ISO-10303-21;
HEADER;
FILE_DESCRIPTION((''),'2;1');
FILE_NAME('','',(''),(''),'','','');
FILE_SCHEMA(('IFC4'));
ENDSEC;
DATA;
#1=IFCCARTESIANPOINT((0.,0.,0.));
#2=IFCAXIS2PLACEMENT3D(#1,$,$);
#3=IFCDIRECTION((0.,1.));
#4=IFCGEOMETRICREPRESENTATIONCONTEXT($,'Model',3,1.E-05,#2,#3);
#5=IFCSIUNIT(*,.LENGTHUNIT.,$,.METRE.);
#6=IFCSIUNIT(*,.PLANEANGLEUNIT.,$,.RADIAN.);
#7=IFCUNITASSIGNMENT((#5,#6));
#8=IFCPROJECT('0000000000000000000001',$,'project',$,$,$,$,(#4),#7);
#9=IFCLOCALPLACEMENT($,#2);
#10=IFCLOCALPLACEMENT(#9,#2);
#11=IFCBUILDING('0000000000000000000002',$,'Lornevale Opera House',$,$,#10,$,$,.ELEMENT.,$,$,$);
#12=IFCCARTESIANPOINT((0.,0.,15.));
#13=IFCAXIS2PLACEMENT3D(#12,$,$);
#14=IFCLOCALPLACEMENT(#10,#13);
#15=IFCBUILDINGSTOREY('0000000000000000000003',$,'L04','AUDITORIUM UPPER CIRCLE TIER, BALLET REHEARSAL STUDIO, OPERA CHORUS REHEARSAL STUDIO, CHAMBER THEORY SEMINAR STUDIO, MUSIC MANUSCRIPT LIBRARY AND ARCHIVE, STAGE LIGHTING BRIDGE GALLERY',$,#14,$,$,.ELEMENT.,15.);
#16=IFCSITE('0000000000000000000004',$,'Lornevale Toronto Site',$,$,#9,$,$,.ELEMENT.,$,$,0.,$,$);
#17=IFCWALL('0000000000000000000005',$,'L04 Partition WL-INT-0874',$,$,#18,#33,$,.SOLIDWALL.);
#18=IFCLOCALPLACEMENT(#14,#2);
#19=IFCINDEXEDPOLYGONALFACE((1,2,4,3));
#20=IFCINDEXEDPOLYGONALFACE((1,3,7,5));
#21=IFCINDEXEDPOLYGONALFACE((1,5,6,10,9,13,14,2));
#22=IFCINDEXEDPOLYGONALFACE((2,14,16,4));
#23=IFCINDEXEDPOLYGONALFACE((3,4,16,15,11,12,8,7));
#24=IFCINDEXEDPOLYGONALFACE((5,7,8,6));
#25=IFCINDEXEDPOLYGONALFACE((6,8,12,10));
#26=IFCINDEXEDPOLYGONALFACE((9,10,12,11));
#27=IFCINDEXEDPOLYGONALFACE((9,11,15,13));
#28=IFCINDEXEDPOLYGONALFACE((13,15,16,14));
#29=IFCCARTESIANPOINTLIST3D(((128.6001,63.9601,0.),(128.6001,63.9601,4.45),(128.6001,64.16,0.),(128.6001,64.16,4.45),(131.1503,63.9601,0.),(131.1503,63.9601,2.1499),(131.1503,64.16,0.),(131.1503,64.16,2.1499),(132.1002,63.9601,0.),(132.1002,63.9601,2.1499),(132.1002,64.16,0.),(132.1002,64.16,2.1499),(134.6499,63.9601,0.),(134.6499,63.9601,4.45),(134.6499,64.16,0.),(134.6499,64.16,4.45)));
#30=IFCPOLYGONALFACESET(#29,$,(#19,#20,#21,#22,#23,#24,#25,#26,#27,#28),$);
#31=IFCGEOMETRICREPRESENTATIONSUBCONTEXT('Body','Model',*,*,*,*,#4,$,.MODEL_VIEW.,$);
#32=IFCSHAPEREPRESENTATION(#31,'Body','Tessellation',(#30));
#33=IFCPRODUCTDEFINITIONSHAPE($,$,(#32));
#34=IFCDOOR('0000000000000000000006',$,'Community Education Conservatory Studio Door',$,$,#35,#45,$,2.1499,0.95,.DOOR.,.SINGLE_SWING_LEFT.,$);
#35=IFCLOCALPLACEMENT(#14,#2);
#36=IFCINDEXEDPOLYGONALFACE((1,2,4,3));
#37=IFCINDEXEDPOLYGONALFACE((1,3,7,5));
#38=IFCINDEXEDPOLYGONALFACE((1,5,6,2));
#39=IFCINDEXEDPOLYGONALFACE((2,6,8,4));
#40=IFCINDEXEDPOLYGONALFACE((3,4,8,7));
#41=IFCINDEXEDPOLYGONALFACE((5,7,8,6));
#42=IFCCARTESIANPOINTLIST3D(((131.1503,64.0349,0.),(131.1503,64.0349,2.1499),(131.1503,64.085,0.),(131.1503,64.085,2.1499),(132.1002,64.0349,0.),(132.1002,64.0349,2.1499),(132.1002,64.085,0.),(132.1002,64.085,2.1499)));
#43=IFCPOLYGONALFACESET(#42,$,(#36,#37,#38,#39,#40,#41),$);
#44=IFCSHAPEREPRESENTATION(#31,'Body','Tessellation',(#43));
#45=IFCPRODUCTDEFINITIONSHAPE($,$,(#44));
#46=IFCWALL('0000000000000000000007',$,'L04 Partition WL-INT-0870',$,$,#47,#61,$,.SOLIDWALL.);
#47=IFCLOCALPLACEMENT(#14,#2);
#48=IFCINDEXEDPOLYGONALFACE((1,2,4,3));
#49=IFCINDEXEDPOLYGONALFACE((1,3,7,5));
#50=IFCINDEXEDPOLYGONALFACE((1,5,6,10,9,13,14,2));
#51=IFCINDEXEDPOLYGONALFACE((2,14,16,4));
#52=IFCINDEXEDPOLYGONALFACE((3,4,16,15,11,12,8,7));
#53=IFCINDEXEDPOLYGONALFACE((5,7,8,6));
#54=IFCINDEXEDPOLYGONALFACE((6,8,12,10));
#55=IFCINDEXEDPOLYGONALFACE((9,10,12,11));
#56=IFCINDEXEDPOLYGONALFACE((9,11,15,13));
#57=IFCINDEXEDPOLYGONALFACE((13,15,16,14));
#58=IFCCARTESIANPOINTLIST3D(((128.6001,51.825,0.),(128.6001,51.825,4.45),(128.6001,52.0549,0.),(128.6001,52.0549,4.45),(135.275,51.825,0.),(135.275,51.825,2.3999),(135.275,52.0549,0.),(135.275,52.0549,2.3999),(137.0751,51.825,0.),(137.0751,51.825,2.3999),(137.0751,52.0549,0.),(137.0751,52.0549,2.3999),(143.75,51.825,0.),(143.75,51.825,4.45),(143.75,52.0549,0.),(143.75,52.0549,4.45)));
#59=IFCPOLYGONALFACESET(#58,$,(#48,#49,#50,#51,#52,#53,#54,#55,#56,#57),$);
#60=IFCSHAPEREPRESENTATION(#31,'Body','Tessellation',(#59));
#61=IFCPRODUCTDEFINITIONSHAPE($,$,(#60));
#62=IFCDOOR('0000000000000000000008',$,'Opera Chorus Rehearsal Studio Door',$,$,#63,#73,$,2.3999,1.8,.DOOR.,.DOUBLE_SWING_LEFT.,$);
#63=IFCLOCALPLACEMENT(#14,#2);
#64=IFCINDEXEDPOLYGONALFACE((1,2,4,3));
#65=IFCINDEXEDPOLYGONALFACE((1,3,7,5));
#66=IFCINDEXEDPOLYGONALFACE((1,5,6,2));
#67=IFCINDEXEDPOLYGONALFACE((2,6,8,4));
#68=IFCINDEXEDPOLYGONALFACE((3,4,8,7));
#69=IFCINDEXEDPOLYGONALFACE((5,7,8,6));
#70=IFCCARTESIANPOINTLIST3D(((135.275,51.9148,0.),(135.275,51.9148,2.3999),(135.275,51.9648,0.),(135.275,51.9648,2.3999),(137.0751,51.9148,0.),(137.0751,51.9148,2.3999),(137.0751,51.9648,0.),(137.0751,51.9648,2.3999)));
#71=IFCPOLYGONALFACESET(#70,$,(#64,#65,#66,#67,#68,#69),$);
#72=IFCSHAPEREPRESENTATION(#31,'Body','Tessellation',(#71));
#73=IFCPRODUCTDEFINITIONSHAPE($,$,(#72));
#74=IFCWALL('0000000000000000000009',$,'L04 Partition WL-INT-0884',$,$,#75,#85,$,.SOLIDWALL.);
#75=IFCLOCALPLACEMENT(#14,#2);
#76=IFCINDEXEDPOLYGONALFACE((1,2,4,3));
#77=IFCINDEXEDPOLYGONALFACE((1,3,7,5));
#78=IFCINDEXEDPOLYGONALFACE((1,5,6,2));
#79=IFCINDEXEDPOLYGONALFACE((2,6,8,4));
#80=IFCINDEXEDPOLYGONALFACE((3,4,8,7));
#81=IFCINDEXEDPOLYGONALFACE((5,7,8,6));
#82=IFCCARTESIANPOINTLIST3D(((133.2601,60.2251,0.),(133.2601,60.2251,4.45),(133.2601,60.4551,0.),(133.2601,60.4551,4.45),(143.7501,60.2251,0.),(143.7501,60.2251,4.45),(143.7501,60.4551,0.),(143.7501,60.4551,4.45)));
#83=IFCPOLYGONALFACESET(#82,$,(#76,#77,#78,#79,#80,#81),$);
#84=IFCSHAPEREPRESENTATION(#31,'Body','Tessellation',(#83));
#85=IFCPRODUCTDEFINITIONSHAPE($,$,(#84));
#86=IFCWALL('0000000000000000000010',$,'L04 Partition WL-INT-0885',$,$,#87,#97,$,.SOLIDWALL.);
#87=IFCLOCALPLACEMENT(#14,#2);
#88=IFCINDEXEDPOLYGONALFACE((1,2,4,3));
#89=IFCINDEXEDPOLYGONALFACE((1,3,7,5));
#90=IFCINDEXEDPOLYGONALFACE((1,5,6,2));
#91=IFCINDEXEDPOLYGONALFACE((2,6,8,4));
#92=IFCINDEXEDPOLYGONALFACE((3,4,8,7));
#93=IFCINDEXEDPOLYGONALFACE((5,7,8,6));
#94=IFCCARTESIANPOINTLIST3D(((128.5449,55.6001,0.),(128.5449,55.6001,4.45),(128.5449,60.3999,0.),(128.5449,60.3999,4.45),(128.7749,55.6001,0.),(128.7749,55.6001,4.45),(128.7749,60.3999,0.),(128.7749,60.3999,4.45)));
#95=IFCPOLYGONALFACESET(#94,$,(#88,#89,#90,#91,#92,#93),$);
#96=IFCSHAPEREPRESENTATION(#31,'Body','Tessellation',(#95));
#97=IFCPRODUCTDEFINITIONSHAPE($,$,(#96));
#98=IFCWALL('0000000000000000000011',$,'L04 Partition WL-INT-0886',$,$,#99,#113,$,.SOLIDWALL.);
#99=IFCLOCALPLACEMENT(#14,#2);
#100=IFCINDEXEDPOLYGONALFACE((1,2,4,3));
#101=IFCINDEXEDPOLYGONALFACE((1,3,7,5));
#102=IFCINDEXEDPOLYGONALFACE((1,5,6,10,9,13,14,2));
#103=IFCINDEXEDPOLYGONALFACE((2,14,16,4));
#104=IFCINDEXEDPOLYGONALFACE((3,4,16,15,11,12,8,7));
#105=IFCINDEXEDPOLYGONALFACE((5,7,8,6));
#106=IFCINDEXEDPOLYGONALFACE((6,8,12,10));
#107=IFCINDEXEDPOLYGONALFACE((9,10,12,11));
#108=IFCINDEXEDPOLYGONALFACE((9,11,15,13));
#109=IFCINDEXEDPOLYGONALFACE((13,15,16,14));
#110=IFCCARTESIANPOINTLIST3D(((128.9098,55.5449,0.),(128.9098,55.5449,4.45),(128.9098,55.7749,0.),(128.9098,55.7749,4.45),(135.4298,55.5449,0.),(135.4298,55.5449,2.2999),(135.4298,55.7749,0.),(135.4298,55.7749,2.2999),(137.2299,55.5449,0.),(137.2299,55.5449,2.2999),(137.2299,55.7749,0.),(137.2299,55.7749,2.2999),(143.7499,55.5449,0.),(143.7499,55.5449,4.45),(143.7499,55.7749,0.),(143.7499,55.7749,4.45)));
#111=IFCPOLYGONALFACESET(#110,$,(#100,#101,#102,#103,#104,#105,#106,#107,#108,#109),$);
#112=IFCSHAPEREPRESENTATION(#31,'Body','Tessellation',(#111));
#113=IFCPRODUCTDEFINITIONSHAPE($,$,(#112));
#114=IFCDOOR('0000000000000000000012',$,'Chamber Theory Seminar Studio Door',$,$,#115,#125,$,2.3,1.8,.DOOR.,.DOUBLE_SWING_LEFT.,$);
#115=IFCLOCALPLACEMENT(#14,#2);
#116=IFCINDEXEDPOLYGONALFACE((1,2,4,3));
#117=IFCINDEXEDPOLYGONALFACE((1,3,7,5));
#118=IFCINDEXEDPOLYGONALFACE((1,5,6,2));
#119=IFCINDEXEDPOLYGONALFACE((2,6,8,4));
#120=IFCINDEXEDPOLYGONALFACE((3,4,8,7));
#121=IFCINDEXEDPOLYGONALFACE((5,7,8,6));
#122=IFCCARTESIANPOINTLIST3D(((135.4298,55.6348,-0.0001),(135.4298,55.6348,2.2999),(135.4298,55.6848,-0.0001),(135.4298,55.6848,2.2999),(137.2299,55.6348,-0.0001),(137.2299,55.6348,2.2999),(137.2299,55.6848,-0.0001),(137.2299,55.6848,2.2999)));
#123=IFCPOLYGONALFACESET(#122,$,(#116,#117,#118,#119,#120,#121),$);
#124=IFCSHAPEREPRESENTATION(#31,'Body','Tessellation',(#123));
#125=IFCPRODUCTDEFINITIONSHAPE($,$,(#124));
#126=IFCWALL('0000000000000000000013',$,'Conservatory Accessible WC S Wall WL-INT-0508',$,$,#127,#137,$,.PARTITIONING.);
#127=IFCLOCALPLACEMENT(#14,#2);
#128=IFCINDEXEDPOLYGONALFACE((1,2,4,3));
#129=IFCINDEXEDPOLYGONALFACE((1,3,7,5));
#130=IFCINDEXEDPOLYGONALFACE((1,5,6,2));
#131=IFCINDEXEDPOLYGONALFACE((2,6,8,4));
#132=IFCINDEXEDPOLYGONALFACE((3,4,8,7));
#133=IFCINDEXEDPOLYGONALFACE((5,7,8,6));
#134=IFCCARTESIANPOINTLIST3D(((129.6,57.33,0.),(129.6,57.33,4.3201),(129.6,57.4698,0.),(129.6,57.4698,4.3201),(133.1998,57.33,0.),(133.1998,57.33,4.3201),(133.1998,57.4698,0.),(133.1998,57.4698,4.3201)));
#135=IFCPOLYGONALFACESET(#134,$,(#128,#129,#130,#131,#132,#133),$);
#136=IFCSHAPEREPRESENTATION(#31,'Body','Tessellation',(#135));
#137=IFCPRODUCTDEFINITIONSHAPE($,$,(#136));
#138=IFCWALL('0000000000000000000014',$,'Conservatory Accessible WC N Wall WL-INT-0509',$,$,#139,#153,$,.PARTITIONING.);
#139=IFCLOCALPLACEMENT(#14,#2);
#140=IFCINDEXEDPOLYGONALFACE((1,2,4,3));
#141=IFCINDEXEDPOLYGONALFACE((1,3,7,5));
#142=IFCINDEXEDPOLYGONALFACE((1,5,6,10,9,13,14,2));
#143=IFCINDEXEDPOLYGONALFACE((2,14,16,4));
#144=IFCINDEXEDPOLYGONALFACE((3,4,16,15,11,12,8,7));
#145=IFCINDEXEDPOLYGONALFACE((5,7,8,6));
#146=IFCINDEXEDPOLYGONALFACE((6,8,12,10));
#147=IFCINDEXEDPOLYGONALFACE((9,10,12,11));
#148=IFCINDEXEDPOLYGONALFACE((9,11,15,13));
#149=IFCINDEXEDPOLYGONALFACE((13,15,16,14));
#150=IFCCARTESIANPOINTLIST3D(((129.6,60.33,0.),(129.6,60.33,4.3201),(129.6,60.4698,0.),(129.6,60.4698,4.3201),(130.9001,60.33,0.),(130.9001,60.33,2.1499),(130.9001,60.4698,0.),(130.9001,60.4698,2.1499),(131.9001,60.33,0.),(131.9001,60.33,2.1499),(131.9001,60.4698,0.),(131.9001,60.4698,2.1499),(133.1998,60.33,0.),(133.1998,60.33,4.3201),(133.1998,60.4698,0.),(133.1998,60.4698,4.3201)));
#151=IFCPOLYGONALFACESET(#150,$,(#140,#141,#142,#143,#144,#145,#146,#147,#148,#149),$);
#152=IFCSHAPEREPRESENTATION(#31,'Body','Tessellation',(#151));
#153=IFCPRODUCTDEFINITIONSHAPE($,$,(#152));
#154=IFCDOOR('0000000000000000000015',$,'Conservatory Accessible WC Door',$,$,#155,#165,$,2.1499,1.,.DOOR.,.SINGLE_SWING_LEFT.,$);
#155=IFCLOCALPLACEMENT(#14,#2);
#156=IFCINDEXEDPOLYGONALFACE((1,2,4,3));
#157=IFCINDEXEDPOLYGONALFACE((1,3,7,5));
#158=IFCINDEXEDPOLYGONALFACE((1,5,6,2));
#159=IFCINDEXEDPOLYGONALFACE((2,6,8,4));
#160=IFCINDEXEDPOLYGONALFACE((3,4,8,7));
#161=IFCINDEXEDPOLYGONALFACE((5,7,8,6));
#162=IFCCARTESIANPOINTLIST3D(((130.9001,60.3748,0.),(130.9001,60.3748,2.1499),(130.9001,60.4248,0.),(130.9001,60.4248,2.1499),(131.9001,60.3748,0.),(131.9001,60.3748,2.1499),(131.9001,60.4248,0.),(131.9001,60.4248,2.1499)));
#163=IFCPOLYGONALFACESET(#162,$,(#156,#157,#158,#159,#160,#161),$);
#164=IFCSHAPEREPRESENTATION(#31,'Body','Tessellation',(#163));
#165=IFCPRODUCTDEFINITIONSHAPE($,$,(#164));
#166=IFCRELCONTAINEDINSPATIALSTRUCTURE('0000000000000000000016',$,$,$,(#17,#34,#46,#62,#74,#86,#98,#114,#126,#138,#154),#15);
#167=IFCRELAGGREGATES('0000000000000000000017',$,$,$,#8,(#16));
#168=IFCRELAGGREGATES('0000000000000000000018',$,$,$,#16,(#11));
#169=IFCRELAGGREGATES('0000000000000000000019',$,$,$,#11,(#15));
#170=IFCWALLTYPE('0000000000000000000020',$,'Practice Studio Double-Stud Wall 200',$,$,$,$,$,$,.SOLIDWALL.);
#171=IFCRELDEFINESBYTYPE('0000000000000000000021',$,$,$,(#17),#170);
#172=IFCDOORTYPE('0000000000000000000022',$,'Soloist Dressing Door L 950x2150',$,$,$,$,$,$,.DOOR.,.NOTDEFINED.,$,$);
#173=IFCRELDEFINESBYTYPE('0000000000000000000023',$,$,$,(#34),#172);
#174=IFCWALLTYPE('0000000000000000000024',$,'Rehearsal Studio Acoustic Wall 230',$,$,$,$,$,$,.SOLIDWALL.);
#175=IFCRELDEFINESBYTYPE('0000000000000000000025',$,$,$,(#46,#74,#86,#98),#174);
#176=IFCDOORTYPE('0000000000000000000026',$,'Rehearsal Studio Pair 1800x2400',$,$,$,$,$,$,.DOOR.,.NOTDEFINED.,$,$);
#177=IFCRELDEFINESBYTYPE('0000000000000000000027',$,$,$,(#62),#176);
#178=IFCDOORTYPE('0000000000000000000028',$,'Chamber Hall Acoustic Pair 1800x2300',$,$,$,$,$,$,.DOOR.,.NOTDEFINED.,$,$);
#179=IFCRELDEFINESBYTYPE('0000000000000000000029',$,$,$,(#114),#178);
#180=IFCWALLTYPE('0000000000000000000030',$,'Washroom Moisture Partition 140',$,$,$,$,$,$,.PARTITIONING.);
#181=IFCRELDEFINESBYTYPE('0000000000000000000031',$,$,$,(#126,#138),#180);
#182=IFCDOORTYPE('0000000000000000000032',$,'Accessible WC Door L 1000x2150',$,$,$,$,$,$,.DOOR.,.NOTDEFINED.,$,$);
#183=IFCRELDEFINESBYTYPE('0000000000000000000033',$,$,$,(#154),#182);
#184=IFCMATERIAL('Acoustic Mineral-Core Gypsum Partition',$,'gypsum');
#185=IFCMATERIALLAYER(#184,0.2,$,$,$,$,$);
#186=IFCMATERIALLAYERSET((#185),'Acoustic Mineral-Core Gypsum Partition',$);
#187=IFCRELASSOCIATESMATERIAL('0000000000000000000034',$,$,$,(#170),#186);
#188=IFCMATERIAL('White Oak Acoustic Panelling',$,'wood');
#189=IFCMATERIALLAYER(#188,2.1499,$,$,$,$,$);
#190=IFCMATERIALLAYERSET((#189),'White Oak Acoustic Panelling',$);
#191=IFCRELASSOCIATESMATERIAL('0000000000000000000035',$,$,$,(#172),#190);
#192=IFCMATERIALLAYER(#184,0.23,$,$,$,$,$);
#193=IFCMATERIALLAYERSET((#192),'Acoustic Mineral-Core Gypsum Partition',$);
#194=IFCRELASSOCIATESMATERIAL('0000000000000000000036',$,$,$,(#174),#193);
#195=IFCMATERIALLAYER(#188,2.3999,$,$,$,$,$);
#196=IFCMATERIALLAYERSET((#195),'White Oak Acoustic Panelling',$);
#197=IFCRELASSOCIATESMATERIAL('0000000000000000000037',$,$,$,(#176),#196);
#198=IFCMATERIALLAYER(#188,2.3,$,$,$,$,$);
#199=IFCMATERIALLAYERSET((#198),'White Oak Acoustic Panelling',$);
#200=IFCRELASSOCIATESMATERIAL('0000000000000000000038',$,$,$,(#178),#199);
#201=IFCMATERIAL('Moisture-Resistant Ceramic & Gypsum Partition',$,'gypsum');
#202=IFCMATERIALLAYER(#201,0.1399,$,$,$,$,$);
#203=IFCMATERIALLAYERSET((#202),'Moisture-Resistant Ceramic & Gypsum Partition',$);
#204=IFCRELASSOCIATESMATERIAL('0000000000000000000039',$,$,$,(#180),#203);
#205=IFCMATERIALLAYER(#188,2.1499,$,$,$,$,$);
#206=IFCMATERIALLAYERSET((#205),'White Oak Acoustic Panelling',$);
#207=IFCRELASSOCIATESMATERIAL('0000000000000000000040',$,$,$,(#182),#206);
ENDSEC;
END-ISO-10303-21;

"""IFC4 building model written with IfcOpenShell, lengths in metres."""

from ifc_helpers import new_model, si_unit, direction, frame, frame_2d, origin, place, context, subcontext, project, spatial, rectangle, extrude, material, layer, layer_set, type_object, element, fill, save


model = new_model("IFC4")

# Units and contexts
model_context = context("Model", 3, precision=1e-05, world=origin(), true_north=direction((0.0, 1.0)))
body_context = subcontext(model_context, "Body", "Model", "MODEL_VIEW")
ifc_project = project(units=[si_unit("LENGTHUNIT", "METRE"), si_unit("PLANEANGLEUNIT", "RADIAN")], contexts=[model_context])

# Site, building, storey
site_placement = place(None, origin())
site = spatial("IfcSite", under=ifc_project, at=site_placement, Name="Lornevale Toronto Site", CompositionType="ELEMENT", RefElevation=0.0)
building_placement = place(site_placement, origin())
building = spatial("IfcBuilding", under=site, at=building_placement, Name="Lornevale Opera House", CompositionType="ELEMENT")
storey_placement = place(building_placement, frame((0.0, 0.0, 15.0)))
storey = spatial("IfcBuildingStorey", under=building, at=storey_placement, Name="L04", Description="AUDITORIUM UPPER CIRCLE TIER, BALLET REHEARSAL STUDIO, OPERA CHORUS REHEARSAL STUDIO, CHAMBER THEORY SEMINAR STUDIO, MUSIC MANUSCRIPT LIBRARY AND ARCHIVE, STAGE LIGHTING BRIDGE GALLERY", CompositionType="ELEMENT", Elevation=15.0)

# Walls, openings, doors
ifc_material_1 = material(Name="Acoustic Mineral-Core Gypsum Partition", Category="gypsum")
ifc_layer_1 = layer(ifc_material_1, 0.2)
ifc_layer_set_1 = layer_set([ifc_layer_1], Name="Acoustic Mineral-Core Gypsum Partition")
wall_type_1 = type_object("IfcWallType", Name="Practice Studio Double-Stud Wall 200", PredefinedType="SOLIDWALL", material=ifc_layer_set_1)
wall_1_placement = place(storey_placement, frame((128.6001, 64.0601, 0.0), z_axis=(0.0, 0.0, 1.0), x_axis=(1.0, 0.0, 0.0)))
wall_1 = element("IfcWall", 1, at=wall_1_placement, inside=storey, type_object=wall_type_1, Name="L04 Partition WL-INT-0874", PredefinedType="SOLIDWALL", context=body_context, shape_type="SweptSolid", body=[
    extrude(rectangle(XDim=6.0498, YDim=0.2, at=frame_2d((3.0249, 0.0))), origin(), (0.0, 0.0, 1.0), 4.45),
])
opening_1_placement = place(wall_1_placement, frame((2.55, 0.0, 0.0)))
opening_1 = element("IfcOpeningElement", 2, at=opening_1_placement, cuts=wall_1, PredefinedType="OPENING", context=body_context, shape_type="SweptSolid", body=[
    extrude(rectangle(XDim=0.95, YDim=2.1499, at=frame_2d((0.4751, 1.075))), frame((0.0, 0.1099, 0.0), z_axis=(0.0, -1.0, 0.0), x_axis=(1.0, 0.0, 0.0)), (0.0, 0.0, 1.0), 0.22),
])
ifc_material_2 = material(Name="White Oak Acoustic Panelling", Category="wood")
ifc_layer_2 = layer(ifc_material_2, 2.1499)
ifc_layer_set_2 = layer_set([ifc_layer_2], Name="White Oak Acoustic Panelling")
door_type_1 = type_object("IfcDoorType", Name="Soloist Dressing Door L 950x2150", OperationType="NOTDEFINED", PredefinedType="DOOR", material=ifc_layer_set_2)
door_1_placement = place(opening_1_placement, origin())
door_1 = element("IfcDoor", 3, at=door_1_placement, inside=storey, type_object=door_type_1, Name="Community Education Conservatory Studio Door", OperationType="SINGLE_SWING_LEFT", OverallHeight=2.1499, OverallWidth=0.95, PredefinedType="DOOR", context=body_context, shape_type="SweptSolid", body=[
    extrude(rectangle(XDim=0.95, YDim=2.1499, at=frame_2d((0.4751, 1.075))), frame((0.0, 0.0249, 0.0), z_axis=(0.0, -1.0, 0.0), x_axis=(1.0, 0.0, 0.0)), (0.0, 0.0, 1.0), 0.05),
])
fill(opening_1, door_1)
ifc_layer_3 = layer(ifc_material_1, 0.23)
ifc_layer_set_3 = layer_set([ifc_layer_3], Name="Acoustic Mineral-Core Gypsum Partition")
wall_type_2 = type_object("IfcWallType", Name="Rehearsal Studio Acoustic Wall 230", PredefinedType="SOLIDWALL", material=ifc_layer_set_3)
wall_2_placement = place(storey_placement, frame((128.6001, 51.9399, 0.0), z_axis=(0.0, 0.0, 1.0), x_axis=(1.0, 0.0, 0.0)))
wall_2 = element("IfcWall", 4, at=wall_2_placement, inside=storey, type_object=wall_type_2, Name="L04 Partition WL-INT-0870", PredefinedType="SOLIDWALL", context=body_context, shape_type="SweptSolid", body=[
    extrude(rectangle(XDim=15.1499, YDim=0.23, at=frame_2d((7.575, 0.0))), origin(), (0.0, 0.0, 1.0), 4.45),
])
opening_2_placement = place(wall_2_placement, frame((6.675, 0.0, 0.0)))
opening_2 = element("IfcOpeningElement", 5, at=opening_2_placement, cuts=wall_2, PredefinedType="OPENING", context=body_context, shape_type="SweptSolid", body=[
    extrude(rectangle(XDim=1.8, YDim=2.3999, at=frame_2d((0.8999, 1.2))), frame((0.0, 0.125, 0.0), z_axis=(0.0, -1.0, 0.0), x_axis=(1.0, 0.0, 0.0)), (0.0, 0.0, 1.0), 0.25),
])
ifc_layer_4 = layer(ifc_material_2, 2.3999)
ifc_layer_set_4 = layer_set([ifc_layer_4], Name="White Oak Acoustic Panelling")
door_type_2 = type_object("IfcDoorType", Name="Rehearsal Studio Pair 1800x2400", OperationType="NOTDEFINED", PredefinedType="DOOR", material=ifc_layer_set_4)
door_2_placement = place(opening_2_placement, origin())
door_2 = element("IfcDoor", 6, at=door_2_placement, inside=storey, type_object=door_type_2, Name="Opera Chorus Rehearsal Studio Door", OperationType="DOUBLE_SWING_LEFT", OverallHeight=2.3999, OverallWidth=1.8, PredefinedType="DOOR", context=body_context, shape_type="SweptSolid", body=[
    extrude(rectangle(XDim=1.8, YDim=2.3999, at=frame_2d((0.8999, 1.2))), frame((0.0, 0.0249, 0.0), z_axis=(0.0, -1.0, 0.0), x_axis=(1.0, 0.0, 0.0)), (0.0, 0.0, 1.0), 0.05),
])
fill(opening_2, door_2)

# Walls
wall_3_placement = place(storey_placement, frame((133.26, 60.3401, 0.0), z_axis=(0.0, 0.0, 1.0), x_axis=(1.0, 0.0, 0.0)))
element("IfcWall", 7, at=wall_3_placement, inside=storey, type_object=wall_type_2, Name="L04 Partition WL-INT-0884", PredefinedType="SOLIDWALL", context=body_context, shape_type="SweptSolid", body=[
    extrude(rectangle(XDim=10.49, YDim=0.23, at=frame_2d((5.2451, 0.0))), origin(), (0.0, 0.0, 1.0), 4.45),
])
wall_4_placement = place(storey_placement, frame((128.6599, 55.6001, 0.0), z_axis=(0.0, 0.0, 1.0), x_axis=(0.0, 1.0, 0.0)))
element("IfcWall", 8, at=wall_4_placement, inside=storey, type_object=wall_type_2, Name="L04 Partition WL-INT-0885", PredefinedType="SOLIDWALL", context=body_context, shape_type="SweptSolid", body=[
    extrude(rectangle(XDim=4.7998, YDim=0.23, at=frame_2d((2.3999, 0.0))), origin(), (0.0, 0.0, 1.0), 4.45),
])

# Wall, opening, door
wall_5_placement = place(storey_placement, frame((128.9099, 55.6599, 0.0), z_axis=(0.0, 0.0, 1.0), x_axis=(1.0, 0.0, 0.0)))
wall_5 = element("IfcWall", 9, at=wall_5_placement, inside=storey, type_object=wall_type_2, Name="L04 Partition WL-INT-0886", PredefinedType="SOLIDWALL", context=body_context, shape_type="SweptSolid", body=[
    extrude(rectangle(XDim=14.8401, YDim=0.23, at=frame_2d((7.4199, 0.0))), origin(), (0.0, 0.0, 1.0), 4.45),
])
opening_3_placement = place(wall_5_placement, frame((6.52, 0.0, 0.0)))
opening_3 = element("IfcOpeningElement", 10, at=opening_3_placement, cuts=wall_5, PredefinedType="OPENING", context=body_context, shape_type="SweptSolid", body=[
    extrude(rectangle(XDim=1.8, YDim=2.3, at=frame_2d((0.8999, 1.1499))), frame((0.0, 0.125, 0.0), z_axis=(0.0, -1.0, 0.0), x_axis=(1.0, 0.0, 0.0)), (0.0, 0.0, 1.0), 0.25),
])
ifc_layer_5 = layer(ifc_material_2, 2.3)
ifc_layer_set_5 = layer_set([ifc_layer_5], Name="White Oak Acoustic Panelling")
door_type_3 = type_object("IfcDoorType", Name="Chamber Hall Acoustic Pair 1800x2300", OperationType="NOTDEFINED", PredefinedType="DOOR", material=ifc_layer_set_5)
door_3_placement = place(opening_3_placement, origin())
door_3 = element("IfcDoor", 11, at=door_3_placement, inside=storey, type_object=door_type_3, Name="Chamber Theory Seminar Studio Door", OperationType="DOUBLE_SWING_LEFT", OverallHeight=2.3, OverallWidth=1.8, PredefinedType="DOOR", context=body_context, shape_type="SweptSolid", body=[
    extrude(rectangle(XDim=1.8, YDim=2.3, at=frame_2d((0.8999, 1.1499))), frame((0.0, 0.0249, 0.0), z_axis=(0.0, -1.0, 0.0), x_axis=(1.0, 0.0, 0.0)), (0.0, 0.0, 1.0), 0.05),
])
fill(opening_3, door_3)

# Wall
ifc_material_3 = material(Name="Moisture-Resistant Ceramic & Gypsum Partition", Category="gypsum")
ifc_layer_6 = layer(ifc_material_3, 0.1399)
ifc_layer_set_6 = layer_set([ifc_layer_6], Name="Moisture-Resistant Ceramic & Gypsum Partition")
wall_type_3 = type_object("IfcWallType", Name="Washroom Moisture Partition 140", PredefinedType="PARTITIONING", material=ifc_layer_set_6)
wall_6_placement = place(storey_placement, frame((129.6001, 57.3999, 0.0), z_axis=(0.0, 0.0, 1.0), x_axis=(1.0, 0.0, 0.0)))
element("IfcWall", 12, at=wall_6_placement, inside=storey, type_object=wall_type_3, Name="Conservatory Accessible WC S Wall WL-INT-0508", PredefinedType="PARTITIONING", context=body_context, shape_type="SweptSolid", body=[
    extrude(rectangle(XDim=3.5999, YDim=0.1399, at=frame_2d((1.7998, 0.0))), origin(), (0.0, 0.0, 1.0), 4.3201),
])

# Wall, opening, door
wall_7_placement = place(storey_placement, frame((129.6001, 60.3999, 0.0), z_axis=(0.0, 0.0, 1.0), x_axis=(1.0, 0.0, 0.0)))
wall_7 = element("IfcWall", 13, at=wall_7_placement, inside=storey, type_object=wall_type_3, Name="Conservatory Accessible WC N Wall WL-INT-0509", PredefinedType="PARTITIONING", context=body_context, shape_type="SweptSolid", body=[
    extrude(rectangle(XDim=3.5999, YDim=0.1399, at=frame_2d((1.7998, 0.0))), origin(), (0.0, 0.0, 1.0), 4.3201),
])
opening_4_placement = place(wall_7_placement, frame((1.3, 0.0, 0.0)))
opening_4 = element("IfcOpeningElement", 14, at=opening_4_placement, cuts=wall_7, PredefinedType="OPENING", context=body_context, shape_type="SweptSolid", body=[
    extrude(rectangle(XDim=1.0, YDim=2.1499, at=frame_2d((0.5, 1.075))), frame((0.0, 0.0798, 0.0), z_axis=(0.0, -1.0, 0.0), x_axis=(1.0, 0.0, 0.0)), (0.0, 0.0, 1.0), 0.1599),
])
ifc_layer_7 = layer(ifc_material_2, 2.1499)
ifc_layer_set_7 = layer_set([ifc_layer_7], Name="White Oak Acoustic Panelling")
door_type_4 = type_object("IfcDoorType", Name="Accessible WC Door L 1000x2150", OperationType="NOTDEFINED", PredefinedType="DOOR", material=ifc_layer_set_7)
door_4_placement = place(opening_4_placement, origin())
door_4 = element("IfcDoor", 15, at=door_4_placement, inside=storey, type_object=door_type_4, Name="Conservatory Accessible WC Door", OperationType="SINGLE_SWING_LEFT", OverallHeight=2.1499, OverallWidth=1.0, PredefinedType="DOOR", context=body_context, shape_type="SweptSolid", body=[
    extrude(rectangle(XDim=1.0, YDim=2.1499, at=frame_2d((0.5, 1.075))), frame((0.0, 0.0249, 0.0), z_axis=(0.0, -1.0, 0.0), x_axis=(1.0, 0.0, 0.0)), (0.0, 0.0, 1.0), 0.05),
])
fill(opening_4, door_4)

save(model, "model.ifc")
